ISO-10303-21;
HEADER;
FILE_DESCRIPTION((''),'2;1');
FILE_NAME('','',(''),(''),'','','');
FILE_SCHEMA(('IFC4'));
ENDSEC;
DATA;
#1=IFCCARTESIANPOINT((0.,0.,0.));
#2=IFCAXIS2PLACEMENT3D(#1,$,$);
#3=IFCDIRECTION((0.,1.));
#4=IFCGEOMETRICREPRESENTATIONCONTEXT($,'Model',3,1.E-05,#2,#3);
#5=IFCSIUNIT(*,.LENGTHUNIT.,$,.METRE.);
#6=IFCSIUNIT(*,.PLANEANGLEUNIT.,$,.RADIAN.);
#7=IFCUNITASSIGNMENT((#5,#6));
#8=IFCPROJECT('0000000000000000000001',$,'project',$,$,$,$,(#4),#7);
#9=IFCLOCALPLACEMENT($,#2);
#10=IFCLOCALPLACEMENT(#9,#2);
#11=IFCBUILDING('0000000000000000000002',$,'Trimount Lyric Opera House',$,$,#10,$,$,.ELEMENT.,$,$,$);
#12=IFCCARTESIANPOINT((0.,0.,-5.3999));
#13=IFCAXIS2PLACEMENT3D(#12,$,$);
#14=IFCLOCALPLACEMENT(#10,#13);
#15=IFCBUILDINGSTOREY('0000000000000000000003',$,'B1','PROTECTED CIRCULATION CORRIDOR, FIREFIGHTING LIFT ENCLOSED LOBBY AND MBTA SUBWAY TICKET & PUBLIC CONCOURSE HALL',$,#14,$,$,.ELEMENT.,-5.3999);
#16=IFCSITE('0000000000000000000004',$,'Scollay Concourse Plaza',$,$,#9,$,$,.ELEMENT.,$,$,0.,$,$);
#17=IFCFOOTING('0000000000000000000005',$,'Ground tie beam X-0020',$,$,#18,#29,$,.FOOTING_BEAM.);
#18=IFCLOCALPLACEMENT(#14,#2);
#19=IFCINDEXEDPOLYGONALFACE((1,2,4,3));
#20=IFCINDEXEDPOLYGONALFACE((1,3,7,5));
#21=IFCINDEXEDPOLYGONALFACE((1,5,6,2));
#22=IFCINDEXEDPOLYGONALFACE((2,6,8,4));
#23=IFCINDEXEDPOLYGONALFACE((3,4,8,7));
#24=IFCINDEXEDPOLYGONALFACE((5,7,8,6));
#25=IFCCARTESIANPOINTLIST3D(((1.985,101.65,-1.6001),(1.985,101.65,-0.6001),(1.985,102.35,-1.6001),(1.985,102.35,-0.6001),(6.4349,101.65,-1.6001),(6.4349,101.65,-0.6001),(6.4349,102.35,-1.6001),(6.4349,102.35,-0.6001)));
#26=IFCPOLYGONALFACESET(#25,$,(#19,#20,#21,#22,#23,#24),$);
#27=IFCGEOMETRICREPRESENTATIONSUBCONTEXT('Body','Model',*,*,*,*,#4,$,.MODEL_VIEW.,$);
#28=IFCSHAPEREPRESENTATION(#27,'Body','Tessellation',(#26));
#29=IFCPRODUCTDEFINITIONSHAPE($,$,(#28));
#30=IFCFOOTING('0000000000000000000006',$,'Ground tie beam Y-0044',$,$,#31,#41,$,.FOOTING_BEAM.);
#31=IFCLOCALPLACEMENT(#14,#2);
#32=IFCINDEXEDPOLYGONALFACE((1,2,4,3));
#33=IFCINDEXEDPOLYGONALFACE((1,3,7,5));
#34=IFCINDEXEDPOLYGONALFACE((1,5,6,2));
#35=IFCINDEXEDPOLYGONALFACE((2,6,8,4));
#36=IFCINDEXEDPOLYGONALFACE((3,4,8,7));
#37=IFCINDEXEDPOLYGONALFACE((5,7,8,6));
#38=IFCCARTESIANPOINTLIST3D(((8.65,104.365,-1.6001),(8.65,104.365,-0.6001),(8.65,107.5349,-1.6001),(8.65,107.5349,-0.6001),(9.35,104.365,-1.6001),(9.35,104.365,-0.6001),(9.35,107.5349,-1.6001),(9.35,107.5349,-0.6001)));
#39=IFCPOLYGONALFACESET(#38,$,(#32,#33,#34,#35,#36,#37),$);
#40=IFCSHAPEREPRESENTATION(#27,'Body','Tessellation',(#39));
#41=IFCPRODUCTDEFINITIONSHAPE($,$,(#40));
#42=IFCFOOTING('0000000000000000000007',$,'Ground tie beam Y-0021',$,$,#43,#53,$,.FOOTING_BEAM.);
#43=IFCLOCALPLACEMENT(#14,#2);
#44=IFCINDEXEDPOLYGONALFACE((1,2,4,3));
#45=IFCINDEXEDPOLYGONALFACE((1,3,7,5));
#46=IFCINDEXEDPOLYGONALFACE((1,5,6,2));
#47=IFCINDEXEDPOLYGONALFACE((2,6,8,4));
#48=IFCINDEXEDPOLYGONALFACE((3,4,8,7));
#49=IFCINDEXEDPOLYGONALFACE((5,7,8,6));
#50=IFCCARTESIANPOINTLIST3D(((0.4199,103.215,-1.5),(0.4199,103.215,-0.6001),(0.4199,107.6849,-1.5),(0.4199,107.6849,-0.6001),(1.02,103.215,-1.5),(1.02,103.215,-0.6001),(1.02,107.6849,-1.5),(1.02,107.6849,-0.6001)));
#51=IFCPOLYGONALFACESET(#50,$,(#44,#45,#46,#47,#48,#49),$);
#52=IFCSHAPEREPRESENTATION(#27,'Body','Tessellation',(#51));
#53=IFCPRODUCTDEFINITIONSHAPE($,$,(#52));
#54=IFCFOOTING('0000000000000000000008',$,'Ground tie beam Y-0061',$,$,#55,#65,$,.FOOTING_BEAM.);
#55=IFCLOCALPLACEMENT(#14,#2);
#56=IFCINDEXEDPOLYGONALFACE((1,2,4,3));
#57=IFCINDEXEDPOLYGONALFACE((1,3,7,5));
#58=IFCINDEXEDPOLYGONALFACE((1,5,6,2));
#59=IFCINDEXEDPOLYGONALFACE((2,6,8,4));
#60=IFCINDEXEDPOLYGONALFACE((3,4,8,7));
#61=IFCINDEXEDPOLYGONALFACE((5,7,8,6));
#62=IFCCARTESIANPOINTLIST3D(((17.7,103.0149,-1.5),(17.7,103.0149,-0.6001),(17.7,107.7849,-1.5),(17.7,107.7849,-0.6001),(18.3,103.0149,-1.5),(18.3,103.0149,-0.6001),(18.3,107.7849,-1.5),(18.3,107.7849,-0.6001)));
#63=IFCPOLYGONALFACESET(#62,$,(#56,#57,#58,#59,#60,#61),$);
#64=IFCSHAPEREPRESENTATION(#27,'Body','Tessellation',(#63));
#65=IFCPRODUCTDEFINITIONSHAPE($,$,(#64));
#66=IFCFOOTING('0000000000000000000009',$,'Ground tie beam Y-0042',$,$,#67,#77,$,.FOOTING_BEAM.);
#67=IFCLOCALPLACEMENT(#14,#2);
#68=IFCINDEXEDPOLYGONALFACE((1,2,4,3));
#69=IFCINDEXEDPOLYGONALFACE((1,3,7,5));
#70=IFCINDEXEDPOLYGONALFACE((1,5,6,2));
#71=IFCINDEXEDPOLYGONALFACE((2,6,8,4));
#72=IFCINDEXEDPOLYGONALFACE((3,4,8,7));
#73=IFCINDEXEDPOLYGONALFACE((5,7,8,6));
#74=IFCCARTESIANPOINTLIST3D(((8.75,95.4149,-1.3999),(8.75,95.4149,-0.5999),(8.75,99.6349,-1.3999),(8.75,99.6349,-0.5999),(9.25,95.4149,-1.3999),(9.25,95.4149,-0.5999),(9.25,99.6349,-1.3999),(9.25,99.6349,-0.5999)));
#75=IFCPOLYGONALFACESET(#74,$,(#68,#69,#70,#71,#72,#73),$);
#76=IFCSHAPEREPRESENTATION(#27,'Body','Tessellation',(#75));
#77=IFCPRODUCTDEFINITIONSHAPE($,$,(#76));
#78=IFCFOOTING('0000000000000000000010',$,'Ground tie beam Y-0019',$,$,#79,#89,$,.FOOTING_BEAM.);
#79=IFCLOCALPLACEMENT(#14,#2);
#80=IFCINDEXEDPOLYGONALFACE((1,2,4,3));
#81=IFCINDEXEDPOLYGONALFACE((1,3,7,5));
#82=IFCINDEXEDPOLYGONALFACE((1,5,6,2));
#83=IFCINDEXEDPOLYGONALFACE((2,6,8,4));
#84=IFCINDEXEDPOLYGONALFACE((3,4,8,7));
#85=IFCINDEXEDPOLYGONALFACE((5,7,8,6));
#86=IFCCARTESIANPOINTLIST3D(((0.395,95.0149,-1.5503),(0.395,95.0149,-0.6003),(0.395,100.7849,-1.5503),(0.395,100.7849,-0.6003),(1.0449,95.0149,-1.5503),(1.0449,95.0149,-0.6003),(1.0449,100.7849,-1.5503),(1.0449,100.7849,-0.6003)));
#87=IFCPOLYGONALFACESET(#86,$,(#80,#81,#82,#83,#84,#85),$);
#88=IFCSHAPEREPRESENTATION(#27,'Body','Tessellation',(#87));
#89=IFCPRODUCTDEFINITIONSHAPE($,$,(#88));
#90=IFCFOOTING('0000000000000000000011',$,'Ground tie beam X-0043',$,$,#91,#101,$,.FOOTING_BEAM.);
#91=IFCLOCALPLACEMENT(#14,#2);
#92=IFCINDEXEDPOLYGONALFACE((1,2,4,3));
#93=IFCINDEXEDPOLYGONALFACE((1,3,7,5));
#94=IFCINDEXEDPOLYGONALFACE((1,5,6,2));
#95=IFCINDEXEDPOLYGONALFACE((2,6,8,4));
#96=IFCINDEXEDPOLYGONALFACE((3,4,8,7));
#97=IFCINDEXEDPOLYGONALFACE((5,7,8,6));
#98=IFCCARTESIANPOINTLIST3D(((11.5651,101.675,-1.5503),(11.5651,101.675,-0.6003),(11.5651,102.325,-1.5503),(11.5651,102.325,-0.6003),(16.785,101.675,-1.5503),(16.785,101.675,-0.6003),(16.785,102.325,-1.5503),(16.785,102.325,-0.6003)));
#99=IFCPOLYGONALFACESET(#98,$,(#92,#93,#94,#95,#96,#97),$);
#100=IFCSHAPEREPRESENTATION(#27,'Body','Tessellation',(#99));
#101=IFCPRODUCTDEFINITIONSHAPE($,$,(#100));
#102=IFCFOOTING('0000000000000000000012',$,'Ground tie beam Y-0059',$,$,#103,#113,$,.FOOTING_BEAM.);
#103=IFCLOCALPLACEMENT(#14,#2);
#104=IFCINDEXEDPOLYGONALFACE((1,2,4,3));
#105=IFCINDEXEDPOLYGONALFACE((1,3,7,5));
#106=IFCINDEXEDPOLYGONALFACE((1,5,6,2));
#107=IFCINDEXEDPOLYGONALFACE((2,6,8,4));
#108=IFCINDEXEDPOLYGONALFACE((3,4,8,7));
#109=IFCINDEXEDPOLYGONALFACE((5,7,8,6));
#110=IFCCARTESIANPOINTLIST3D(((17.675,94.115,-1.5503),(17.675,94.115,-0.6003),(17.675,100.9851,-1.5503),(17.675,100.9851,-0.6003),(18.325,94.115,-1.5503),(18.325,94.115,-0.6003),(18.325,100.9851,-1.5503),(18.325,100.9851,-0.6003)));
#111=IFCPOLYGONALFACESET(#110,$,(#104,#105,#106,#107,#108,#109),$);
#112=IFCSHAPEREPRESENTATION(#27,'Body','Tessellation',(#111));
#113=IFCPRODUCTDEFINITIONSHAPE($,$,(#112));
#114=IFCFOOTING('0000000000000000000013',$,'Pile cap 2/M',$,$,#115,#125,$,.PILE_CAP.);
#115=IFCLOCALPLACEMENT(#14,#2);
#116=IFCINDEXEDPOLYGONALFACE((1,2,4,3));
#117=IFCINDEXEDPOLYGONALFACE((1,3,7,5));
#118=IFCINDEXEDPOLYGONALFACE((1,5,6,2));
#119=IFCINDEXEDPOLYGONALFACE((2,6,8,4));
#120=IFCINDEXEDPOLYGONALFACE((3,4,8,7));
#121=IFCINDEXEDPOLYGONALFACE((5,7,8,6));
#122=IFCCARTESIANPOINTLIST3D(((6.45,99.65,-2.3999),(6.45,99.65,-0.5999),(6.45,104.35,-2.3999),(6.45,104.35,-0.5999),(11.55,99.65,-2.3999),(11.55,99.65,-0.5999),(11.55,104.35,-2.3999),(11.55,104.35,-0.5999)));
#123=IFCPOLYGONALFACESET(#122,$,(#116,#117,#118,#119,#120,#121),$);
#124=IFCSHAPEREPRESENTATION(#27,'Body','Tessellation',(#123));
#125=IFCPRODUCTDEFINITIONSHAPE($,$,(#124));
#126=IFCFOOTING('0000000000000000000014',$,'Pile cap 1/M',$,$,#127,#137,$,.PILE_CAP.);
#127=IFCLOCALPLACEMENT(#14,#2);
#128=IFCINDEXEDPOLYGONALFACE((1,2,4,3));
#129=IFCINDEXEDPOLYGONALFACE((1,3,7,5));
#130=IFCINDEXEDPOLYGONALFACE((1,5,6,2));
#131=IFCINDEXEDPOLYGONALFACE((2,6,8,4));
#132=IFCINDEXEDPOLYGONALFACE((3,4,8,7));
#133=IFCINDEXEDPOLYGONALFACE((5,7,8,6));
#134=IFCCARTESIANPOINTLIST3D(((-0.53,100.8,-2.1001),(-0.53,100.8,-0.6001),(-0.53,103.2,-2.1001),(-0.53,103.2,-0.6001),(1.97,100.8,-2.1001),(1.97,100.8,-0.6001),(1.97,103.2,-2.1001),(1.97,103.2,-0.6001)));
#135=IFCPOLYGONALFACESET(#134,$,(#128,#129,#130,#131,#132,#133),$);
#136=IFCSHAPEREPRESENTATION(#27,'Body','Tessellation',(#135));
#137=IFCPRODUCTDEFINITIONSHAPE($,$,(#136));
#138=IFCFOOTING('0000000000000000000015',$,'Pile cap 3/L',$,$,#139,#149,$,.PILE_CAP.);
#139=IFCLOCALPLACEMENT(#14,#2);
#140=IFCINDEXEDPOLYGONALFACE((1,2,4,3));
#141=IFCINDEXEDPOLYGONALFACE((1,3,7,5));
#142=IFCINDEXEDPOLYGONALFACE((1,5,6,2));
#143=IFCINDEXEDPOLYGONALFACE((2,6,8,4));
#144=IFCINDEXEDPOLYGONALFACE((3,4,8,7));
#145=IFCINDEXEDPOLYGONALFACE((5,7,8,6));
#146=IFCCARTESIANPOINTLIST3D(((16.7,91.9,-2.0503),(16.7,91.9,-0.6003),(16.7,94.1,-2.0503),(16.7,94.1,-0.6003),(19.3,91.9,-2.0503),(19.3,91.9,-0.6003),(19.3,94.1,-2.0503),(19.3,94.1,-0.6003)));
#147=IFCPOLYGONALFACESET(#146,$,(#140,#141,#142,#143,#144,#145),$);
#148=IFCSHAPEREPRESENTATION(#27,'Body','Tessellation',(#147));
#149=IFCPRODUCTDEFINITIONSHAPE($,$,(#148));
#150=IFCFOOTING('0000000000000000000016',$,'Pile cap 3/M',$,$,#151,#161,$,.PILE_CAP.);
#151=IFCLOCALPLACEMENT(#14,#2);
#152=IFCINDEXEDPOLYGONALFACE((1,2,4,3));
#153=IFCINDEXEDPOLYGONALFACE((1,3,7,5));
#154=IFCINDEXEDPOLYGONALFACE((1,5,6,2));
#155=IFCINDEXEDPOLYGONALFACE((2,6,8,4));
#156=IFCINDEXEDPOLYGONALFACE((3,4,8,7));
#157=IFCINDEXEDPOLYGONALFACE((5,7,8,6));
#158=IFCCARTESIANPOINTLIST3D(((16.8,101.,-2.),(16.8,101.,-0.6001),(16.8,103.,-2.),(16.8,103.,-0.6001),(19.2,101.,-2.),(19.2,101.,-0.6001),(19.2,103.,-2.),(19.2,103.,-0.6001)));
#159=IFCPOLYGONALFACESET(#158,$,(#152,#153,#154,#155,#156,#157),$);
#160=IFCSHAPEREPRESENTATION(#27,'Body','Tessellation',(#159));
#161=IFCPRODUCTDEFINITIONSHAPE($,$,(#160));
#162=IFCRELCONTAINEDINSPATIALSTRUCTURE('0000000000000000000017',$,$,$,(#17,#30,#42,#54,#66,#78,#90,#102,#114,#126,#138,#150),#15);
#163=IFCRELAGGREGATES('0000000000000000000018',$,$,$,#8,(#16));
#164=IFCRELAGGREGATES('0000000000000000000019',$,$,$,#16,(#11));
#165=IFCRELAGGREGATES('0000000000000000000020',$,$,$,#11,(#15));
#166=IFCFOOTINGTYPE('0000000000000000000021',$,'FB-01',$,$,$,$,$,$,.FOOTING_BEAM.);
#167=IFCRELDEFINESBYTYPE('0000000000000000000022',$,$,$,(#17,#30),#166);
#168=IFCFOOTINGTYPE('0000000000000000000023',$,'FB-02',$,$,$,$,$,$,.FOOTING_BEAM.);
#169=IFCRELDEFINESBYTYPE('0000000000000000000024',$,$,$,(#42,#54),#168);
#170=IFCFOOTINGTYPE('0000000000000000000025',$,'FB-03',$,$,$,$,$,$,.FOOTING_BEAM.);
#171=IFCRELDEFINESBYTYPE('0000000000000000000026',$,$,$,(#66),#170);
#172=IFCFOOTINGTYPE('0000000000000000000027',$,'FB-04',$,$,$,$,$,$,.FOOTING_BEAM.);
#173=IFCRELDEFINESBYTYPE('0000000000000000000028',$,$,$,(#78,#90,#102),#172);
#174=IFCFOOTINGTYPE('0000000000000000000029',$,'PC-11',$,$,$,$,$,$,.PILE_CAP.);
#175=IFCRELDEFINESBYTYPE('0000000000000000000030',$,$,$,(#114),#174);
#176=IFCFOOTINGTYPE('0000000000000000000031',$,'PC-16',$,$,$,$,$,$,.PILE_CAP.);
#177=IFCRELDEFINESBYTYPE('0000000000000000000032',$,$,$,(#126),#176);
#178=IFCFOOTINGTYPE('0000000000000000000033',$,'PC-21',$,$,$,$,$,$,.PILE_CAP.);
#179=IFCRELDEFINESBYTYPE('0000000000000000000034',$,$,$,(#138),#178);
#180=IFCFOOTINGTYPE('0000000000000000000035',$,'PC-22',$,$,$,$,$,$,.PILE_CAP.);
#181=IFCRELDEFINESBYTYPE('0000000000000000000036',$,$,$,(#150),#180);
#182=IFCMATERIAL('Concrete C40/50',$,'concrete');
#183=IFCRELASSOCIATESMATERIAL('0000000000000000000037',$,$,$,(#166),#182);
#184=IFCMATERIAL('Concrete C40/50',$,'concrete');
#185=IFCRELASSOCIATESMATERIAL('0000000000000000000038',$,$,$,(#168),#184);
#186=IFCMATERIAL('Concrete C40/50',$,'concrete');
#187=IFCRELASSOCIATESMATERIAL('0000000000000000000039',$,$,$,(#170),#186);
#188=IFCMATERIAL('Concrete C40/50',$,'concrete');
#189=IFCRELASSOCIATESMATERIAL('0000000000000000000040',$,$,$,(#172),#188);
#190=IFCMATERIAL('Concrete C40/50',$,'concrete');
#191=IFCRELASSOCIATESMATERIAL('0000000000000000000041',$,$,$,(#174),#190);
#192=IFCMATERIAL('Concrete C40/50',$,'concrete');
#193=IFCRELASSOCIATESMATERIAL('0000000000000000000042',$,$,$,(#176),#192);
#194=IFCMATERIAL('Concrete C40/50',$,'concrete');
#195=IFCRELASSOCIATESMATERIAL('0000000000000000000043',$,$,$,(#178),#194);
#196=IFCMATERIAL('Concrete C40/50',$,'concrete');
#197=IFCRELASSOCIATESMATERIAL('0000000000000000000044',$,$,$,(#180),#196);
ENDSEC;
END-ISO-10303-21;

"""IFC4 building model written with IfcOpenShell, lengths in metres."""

from ifc_helpers import new_model, si_unit, direction, frame, origin, origin_2d, place, context, subcontext, project, spatial, rectangle, extrude, material, type_object, element, save


model = new_model("IFC4")

# Units and contexts
model_context = context("Model", 3, precision=1e-05, world=origin(), true_north=direction((0.0, 1.0)))
body_context = subcontext(model_context, "Body", "Model", "MODEL_VIEW")
ifc_project = project(units=[si_unit("LENGTHUNIT", "METRE"), si_unit("PLANEANGLEUNIT", "RADIAN")], contexts=[model_context])

# Site, building, storey
site_placement = place(None, origin())
site = spatial("IfcSite", under=ifc_project, at=site_placement, Name="Scollay Concourse Plaza", CompositionType="ELEMENT", RefElevation=0.0)
building_placement = place(site_placement, origin())
building = spatial("IfcBuilding", under=site, at=building_placement, Name="Trimount Lyric Opera House", CompositionType="ELEMENT")
storey_placement = place(building_placement, frame((0.0, 0.0, -5.3999)))
storey = spatial("IfcBuildingStorey", under=building, at=storey_placement, Name="B1", Description="PROTECTED CIRCULATION CORRIDOR, FIREFIGHTING LIFT ENCLOSED LOBBY AND MBTA SUBWAY TICKET & PUBLIC CONCOURSE HALL", CompositionType="ELEMENT", Elevation=-5.3999)

# Footings
ifc_material_1 = material(Name="Concrete C40/50", Category="concrete")
footing_type_1 = type_object("IfcFootingType", Name="FB-01", PredefinedType="FOOTING_BEAM", material=ifc_material_1)
footing_1_placement = place(storey_placement, frame((4.21, 102.0, -1.6001), z_axis=(0.0, 0.0, 1.0), x_axis=(1.0, 0.0, 0.0)))
element("IfcFooting", 1, at=footing_1_placement, inside=storey, type_object=footing_type_1, Name="Ground tie beam X-0020", PredefinedType="FOOTING_BEAM", context=body_context, shape_type="SweptSolid", body=[
    extrude(rectangle(XDim=4.45, YDim=0.7, at=origin_2d()), origin(), (0.0, 0.0, 1.0), 1.0),
])
footing_2_placement = place(storey_placement, frame((9.0, 105.95, -1.6001), z_axis=(0.0, 0.0, 1.0), x_axis=(1.0, 0.0, 0.0)))
element("IfcFooting", 2, at=footing_2_placement, inside=storey, type_object=footing_type_1, Name="Ground tie beam Y-0044", PredefinedType="FOOTING_BEAM", context=body_context, shape_type="SweptSolid", body=[
    extrude(rectangle(XDim=0.7, YDim=3.1699, at=origin_2d()), origin(), (0.0, 0.0, 1.0), 1.0),
])
ifc_material_2 = material(Name="Concrete C40/50", Category="concrete")
footing_type_2 = type_object("IfcFootingType", Name="FB-02", PredefinedType="FOOTING_BEAM", material=ifc_material_2)
footing_3_placement = place(storey_placement, frame((0.72, 105.45, -1.5), z_axis=(0.0, 0.0, 1.0), x_axis=(1.0, 0.0, 0.0)))
element("IfcFooting", 3, at=footing_3_placement, inside=storey, type_object=footing_type_2, Name="Ground tie beam Y-0021", PredefinedType="FOOTING_BEAM", context=body_context, shape_type="SweptSolid", body=[
    extrude(rectangle(XDim=0.6001, YDim=4.47, at=origin_2d()), origin(), (0.0, 0.0, 1.0), 0.8999),
])
footing_4_placement = place(storey_placement, frame((18.0, 105.3999, -1.5), z_axis=(0.0, 0.0, 1.0), x_axis=(1.0, 0.0, 0.0)))
element("IfcFooting", 4, at=footing_4_placement, inside=storey, type_object=footing_type_2, Name="Ground tie beam Y-0061", PredefinedType="FOOTING_BEAM", context=body_context, shape_type="SweptSolid", body=[
    extrude(rectangle(XDim=0.6001, YDim=4.77, at=origin_2d()), origin(), (0.0, 0.0, 1.0), 0.8999),
])
ifc_material_3 = material(Name="Concrete C40/50", Category="concrete")
footing_type_3 = type_object("IfcFootingType", Name="FB-03", PredefinedType="FOOTING_BEAM", material=ifc_material_3)
footing_5_placement = place(storey_placement, frame((9.0, 97.5249, -1.3999), z_axis=(0.0, 0.0, 1.0), x_axis=(1.0, 0.0, 0.0)))
element("IfcFooting", 5, at=footing_5_placement, inside=storey, type_object=footing_type_3, Name="Ground tie beam Y-0042", PredefinedType="FOOTING_BEAM", context=body_context, shape_type="SweptSolid", body=[
    extrude(rectangle(XDim=0.5, YDim=4.22, at=origin_2d()), origin(), (0.0, 0.0, 1.0), 0.8),
])
ifc_material_4 = material(Name="Concrete C40/50", Category="concrete")
footing_type_4 = type_object("IfcFootingType", Name="FB-04", PredefinedType="FOOTING_BEAM", material=ifc_material_4)
footing_6_placement = place(storey_placement, frame((0.72, 97.8999, -1.5503), z_axis=(0.0, 0.0, 1.0), x_axis=(1.0, 0.0, 0.0)))
element("IfcFooting", 6, at=footing_6_placement, inside=storey, type_object=footing_type_4, Name="Ground tie beam Y-0019", PredefinedType="FOOTING_BEAM", context=body_context, shape_type="SweptSolid", body=[
    extrude(rectangle(XDim=0.6499, YDim=5.77, at=origin_2d()), origin(), (0.0, 0.0, 1.0), 0.95),
])
footing_7_placement = place(storey_placement, frame((14.175, 102.0, -1.5503), z_axis=(0.0, 0.0, 1.0), x_axis=(1.0, 0.0, 0.0)))
element("IfcFooting", 7, at=footing_7_placement, inside=storey, type_object=footing_type_4, Name="Ground tie beam X-0043", PredefinedType="FOOTING_BEAM", context=body_context, shape_type="SweptSolid", body=[
    extrude(rectangle(XDim=5.22, YDim=0.6499, at=origin_2d()), origin(), (0.0, 0.0, 1.0), 0.95),
])
footing_8_placement = place(storey_placement, frame((18.0, 97.55, -1.5503), z_axis=(0.0, 0.0, 1.0), x_axis=(1.0, 0.0, 0.0)))
element("IfcFooting", 8, at=footing_8_placement, inside=storey, type_object=footing_type_4, Name="Ground tie beam Y-0059", PredefinedType="FOOTING_BEAM", context=body_context, shape_type="SweptSolid", body=[
    extrude(rectangle(XDim=0.6499, YDim=6.8701, at=origin_2d()), origin(), (0.0, 0.0, 1.0), 0.95),
])
ifc_material_5 = material(Name="Concrete C40/50", Category="concrete")
footing_type_5 = type_object("IfcFootingType", Name="PC-11", PredefinedType="PILE_CAP", material=ifc_material_5)
footing_9_placement = place(storey_placement, frame((9.0, 102.0, -2.3999), z_axis=(0.0, 0.0, 1.0), x_axis=(1.0, 0.0, 0.0)))
element("IfcFooting", 9, at=footing_9_placement, inside=storey, type_object=footing_type_5, Name="Pile cap 2/M", PredefinedType="PILE_CAP", context=body_context, shape_type="SweptSolid", body=[
    extrude(rectangle(XDim=5.1001, YDim=4.7, at=origin_2d()), origin(), (0.0, 0.0, 1.0), 1.8),
])
ifc_material_6 = material(Name="Concrete C40/50", Category="concrete")
footing_type_6 = type_object("IfcFootingType", Name="PC-16", PredefinedType="PILE_CAP", material=ifc_material_6)
footing_10_placement = place(storey_placement, frame((0.72, 102.0, -2.1001), z_axis=(0.0, 0.0, 1.0), x_axis=(1.0, 0.0, 0.0)))
element("IfcFooting", 10, at=footing_10_placement, inside=storey, type_object=footing_type_6, Name="Pile cap 1/M", PredefinedType="PILE_CAP", context=body_context, shape_type="SweptSolid", body=[
    extrude(rectangle(XDim=2.5, YDim=2.3999, at=origin_2d()), origin(), (0.0, 0.0, 1.0), 1.5),
])
ifc_material_7 = material(Name="Concrete C40/50", Category="concrete")
footing_type_7 = type_object("IfcFootingType", Name="PC-21", PredefinedType="PILE_CAP", material=ifc_material_7)
footing_11_placement = place(storey_placement, frame((18.0, 93.0, -2.0503), z_axis=(0.0, 0.0, 1.0), x_axis=(1.0, 0.0, 0.0)))
element("IfcFooting", 11, at=footing_11_placement, inside=storey, type_object=footing_type_7, Name="Pile cap 3/L", PredefinedType="PILE_CAP", context=body_context, shape_type="SweptSolid", body=[
    extrude(rectangle(XDim=2.6001, YDim=2.2, at=origin_2d()), origin(), (0.0, 0.0, 1.0), 1.45),
])
ifc_material_8 = material(Name="Concrete C40/50", Category="concrete")
footing_type_8 = type_object("IfcFootingType", Name="PC-22", PredefinedType="PILE_CAP", material=ifc_material_8)
footing_12_placement = place(storey_placement, frame((18.0, 102.0, -2.0), z_axis=(0.0, 0.0, 1.0), x_axis=(1.0, 0.0, 0.0)))
element("IfcFooting", 12, at=footing_12_placement, inside=storey, type_object=footing_type_8, Name="Pile cap 3/M", PredefinedType="PILE_CAP", context=body_context, shape_type="SweptSolid", body=[
    extrude(rectangle(XDim=2.3999, YDim=2.0, at=origin_2d()), origin(), (0.0, 0.0, 1.0), 1.3999),
])

save(model, "model.ifc")
